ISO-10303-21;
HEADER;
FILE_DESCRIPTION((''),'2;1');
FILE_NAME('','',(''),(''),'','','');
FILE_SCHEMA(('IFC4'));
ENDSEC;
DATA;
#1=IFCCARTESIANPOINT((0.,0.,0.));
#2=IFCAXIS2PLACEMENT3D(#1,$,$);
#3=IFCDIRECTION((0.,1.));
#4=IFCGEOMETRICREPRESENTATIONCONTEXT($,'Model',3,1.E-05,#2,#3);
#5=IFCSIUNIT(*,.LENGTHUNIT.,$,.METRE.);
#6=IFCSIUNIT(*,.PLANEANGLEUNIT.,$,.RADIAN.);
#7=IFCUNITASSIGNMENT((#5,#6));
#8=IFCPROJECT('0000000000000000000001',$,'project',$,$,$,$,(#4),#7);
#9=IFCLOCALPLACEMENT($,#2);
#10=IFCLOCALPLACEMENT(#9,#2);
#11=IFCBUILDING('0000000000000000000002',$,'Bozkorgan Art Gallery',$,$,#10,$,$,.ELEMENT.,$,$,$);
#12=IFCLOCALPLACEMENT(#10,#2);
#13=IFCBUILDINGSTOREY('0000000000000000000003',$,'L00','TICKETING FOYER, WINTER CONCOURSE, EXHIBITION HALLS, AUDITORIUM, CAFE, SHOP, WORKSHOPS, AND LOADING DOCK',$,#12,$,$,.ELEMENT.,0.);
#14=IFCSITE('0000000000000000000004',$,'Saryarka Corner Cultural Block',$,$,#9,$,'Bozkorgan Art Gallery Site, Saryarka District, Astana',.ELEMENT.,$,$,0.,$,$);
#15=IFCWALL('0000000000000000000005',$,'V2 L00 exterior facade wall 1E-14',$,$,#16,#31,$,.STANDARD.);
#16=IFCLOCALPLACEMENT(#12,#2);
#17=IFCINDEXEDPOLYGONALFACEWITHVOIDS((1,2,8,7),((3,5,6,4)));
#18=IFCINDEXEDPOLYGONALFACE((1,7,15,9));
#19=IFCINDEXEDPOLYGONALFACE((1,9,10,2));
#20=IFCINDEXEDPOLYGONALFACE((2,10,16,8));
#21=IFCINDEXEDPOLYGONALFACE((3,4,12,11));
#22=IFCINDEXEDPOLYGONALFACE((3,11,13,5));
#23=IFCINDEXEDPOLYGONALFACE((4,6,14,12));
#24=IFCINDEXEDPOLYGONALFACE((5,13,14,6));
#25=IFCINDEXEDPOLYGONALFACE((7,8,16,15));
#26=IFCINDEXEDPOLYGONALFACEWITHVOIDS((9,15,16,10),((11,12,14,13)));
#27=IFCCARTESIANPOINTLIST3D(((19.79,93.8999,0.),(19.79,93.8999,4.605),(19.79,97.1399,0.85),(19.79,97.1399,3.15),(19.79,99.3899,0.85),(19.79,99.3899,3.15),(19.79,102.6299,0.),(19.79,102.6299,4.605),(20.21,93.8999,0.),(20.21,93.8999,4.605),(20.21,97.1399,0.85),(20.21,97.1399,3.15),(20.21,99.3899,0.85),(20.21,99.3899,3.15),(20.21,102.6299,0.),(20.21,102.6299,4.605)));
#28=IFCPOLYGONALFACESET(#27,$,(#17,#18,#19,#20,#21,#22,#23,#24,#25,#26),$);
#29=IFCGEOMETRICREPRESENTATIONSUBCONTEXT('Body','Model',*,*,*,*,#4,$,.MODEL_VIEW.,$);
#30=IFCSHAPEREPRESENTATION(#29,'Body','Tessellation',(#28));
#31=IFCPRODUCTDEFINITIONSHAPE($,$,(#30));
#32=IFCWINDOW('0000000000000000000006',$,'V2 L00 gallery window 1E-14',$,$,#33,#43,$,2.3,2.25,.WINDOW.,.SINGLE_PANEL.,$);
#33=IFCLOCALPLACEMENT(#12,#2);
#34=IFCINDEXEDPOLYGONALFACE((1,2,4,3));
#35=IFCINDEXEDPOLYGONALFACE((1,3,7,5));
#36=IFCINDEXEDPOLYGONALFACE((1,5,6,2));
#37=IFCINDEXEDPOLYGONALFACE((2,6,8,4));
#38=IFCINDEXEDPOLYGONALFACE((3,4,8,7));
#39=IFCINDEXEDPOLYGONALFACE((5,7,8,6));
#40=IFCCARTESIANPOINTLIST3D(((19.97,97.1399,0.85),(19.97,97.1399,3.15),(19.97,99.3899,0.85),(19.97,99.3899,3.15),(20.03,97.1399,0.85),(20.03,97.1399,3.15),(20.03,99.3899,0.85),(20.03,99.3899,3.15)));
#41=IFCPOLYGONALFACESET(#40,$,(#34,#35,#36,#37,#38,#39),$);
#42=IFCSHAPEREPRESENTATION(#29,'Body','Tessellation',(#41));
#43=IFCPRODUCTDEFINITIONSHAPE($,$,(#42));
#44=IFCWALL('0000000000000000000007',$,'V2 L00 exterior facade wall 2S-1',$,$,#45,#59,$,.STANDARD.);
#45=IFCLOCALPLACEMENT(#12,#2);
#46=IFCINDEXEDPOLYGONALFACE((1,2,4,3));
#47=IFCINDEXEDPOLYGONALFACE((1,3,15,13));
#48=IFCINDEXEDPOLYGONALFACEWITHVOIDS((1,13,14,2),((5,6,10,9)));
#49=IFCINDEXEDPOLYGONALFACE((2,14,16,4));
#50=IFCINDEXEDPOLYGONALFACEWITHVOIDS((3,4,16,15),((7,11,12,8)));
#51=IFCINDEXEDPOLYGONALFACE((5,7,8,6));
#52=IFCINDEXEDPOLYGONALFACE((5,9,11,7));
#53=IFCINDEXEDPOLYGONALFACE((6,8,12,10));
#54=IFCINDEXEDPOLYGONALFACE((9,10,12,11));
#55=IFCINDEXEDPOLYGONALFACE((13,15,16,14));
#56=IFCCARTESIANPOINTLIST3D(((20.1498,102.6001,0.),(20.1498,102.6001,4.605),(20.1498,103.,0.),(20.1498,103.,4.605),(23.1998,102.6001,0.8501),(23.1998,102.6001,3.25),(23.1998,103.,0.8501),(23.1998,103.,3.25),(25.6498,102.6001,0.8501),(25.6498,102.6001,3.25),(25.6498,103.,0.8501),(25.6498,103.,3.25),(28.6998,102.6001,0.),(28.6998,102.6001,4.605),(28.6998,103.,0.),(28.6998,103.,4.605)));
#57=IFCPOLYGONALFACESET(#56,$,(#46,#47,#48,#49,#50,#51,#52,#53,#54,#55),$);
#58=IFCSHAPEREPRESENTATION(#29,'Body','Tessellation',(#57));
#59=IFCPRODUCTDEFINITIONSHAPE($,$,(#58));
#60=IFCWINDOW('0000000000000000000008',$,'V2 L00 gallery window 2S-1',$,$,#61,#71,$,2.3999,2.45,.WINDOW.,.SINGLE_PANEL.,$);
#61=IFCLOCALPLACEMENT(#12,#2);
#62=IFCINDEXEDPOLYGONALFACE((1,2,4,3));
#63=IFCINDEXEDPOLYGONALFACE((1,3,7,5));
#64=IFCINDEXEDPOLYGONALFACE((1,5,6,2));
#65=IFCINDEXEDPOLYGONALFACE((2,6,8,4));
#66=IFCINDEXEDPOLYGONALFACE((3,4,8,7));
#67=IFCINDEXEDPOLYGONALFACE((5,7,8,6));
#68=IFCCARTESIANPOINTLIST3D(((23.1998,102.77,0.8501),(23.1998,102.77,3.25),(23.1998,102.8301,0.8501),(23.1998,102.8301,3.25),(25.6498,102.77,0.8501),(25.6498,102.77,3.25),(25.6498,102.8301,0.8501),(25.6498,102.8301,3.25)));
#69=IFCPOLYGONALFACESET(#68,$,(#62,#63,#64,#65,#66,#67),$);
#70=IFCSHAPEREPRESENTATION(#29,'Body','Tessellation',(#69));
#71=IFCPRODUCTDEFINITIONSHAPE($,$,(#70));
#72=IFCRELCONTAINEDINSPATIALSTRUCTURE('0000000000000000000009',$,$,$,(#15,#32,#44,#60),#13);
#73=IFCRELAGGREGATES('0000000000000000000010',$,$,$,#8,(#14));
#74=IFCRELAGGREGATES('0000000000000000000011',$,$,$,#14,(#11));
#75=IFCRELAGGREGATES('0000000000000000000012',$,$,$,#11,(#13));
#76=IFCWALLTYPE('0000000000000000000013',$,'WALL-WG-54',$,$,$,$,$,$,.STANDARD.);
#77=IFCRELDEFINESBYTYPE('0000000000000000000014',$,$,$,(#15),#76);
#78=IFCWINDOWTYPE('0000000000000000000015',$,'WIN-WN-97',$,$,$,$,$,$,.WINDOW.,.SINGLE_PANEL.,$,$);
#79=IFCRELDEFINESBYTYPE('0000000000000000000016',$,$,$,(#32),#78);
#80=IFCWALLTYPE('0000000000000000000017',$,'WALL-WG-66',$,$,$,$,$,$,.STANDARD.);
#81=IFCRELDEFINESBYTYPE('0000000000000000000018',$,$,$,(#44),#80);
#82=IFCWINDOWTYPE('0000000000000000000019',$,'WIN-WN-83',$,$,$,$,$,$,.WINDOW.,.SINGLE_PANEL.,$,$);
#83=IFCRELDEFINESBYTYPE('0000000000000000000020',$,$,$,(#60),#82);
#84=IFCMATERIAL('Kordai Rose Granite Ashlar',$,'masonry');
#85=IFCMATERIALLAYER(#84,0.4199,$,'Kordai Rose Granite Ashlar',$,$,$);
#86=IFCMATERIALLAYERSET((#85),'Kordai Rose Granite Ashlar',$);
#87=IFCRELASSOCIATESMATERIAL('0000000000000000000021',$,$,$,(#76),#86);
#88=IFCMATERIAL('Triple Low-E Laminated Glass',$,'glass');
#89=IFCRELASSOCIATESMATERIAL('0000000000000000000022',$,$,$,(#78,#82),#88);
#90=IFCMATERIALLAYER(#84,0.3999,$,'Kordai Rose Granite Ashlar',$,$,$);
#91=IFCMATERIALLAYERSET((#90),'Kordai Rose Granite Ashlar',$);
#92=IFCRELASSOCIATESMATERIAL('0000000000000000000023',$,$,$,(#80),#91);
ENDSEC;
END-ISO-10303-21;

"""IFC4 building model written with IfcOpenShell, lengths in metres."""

from ifc_helpers import new_model, si_unit, direction, frame, frame_2d, origin, place, context, subcontext, project, spatial, rectangle, extrude, material, layer, layer_set, type_object, element, fill, save


model = new_model("IFC4")

# Units and contexts
model_context = context("Model", 3, precision=1e-05, world=origin(), true_north=direction((0.0, 1.0)))
body_context = subcontext(model_context, "Body", "Model", "MODEL_VIEW")
ifc_project = project(units=[si_unit("LENGTHUNIT", "METRE"), si_unit("PLANEANGLEUNIT", "RADIAN")], contexts=[model_context])

# Site, building, storey
site_placement = place(None, origin())
site = spatial("IfcSite", under=ifc_project, at=site_placement, Name="Saryarka Corner Cultural Block", LongName="Bozkorgan Art Gallery Site, Saryarka District, Astana", CompositionType="ELEMENT", RefElevation=0.0)
building_placement = place(site_placement, origin())
building = spatial("IfcBuilding", under=site, at=building_placement, Name="Bozkorgan Art Gallery", CompositionType="ELEMENT")
storey_placement = place(building_placement, origin())
storey = spatial("IfcBuildingStorey", under=building, at=storey_placement, Name="L00", Description="TICKETING FOYER, WINTER CONCOURSE, EXHIBITION HALLS, AUDITORIUM, CAFE, SHOP, WORKSHOPS, AND LOADING DOCK", CompositionType="ELEMENT", Elevation=0.0)

# Walls, openings, windows
ifc_material_1 = material(Name="Kordai Rose Granite Ashlar", Category="masonry")
ifc_layer_1 = layer(ifc_material_1, 0.4199, Name="Kordai Rose Granite Ashlar")
ifc_layer_set_1 = layer_set([ifc_layer_1], Name="Kordai Rose Granite Ashlar")
wall_type_1 = type_object("IfcWallType", Name="WALL-WG-54", PredefinedType="STANDARD", material=ifc_layer_set_1)
wall_1_placement = place(storey_placement, frame((20.0, 93.8999, 0.0), z_axis=(0.0, 0.0, 1.0), x_axis=(0.0, 1.0, 0.0)))
wall_1 = element("IfcWall", 1, at=wall_1_placement, inside=storey, type_object=wall_type_1, Name="V2 L00 exterior facade wall 1E-14", PredefinedType="STANDARD", context=body_context, shape_type="SweptSolid", body=[
    extrude(rectangle(XDim=8.73, YDim=0.4199, at=frame_2d((4.365, 0.0))), origin(), (0.0, 0.0, 1.0), 4.605),
])
opening_1_placement = place(wall_1_placement, frame((5.49, 0.0, 0.8501), z_axis=(0.0, 0.0, 1.0), x_axis=(-1.0, 0.0, 0.0)))
opening_1 = element("IfcOpeningElement", 2, at=opening_1_placement, cuts=wall_1, PredefinedType="OPENING", context=body_context, shape_type="SweptSolid", body=[
    extrude(rectangle(XDim=2.25, YDim=2.3, at=frame_2d((1.125, 1.1499))), frame((0.0, 0.22, 0.0), z_axis=(0.0, -1.0, 0.0), x_axis=(1.0, 0.0, 0.0)), (0.0, 0.0, 1.0), 0.4399),
])
ifc_material_2 = material(Name="Triple Low-E Laminated Glass", Category="glass")
window_type_1 = type_object("IfcWindowType", Name="WIN-WN-97", PartitioningType="SINGLE_PANEL", PredefinedType="WINDOW", material=ifc_material_2)
window_1_placement = place(opening_1_placement, origin())
window_1 = element("IfcWindow", 3, at=window_1_placement, inside=storey, type_object=window_type_1, Name="V2 L00 gallery window 1E-14", OverallHeight=2.3, OverallWidth=2.25, PartitioningType="SINGLE_PANEL", PredefinedType="WINDOW", context=body_context, shape_type="SweptSolid", body=[
    extrude(rectangle(XDim=2.25, YDim=2.3, at=frame_2d((1.125, 1.1499))), frame((0.0, 0.03, 0.0), z_axis=(0.0, -1.0, 0.0), x_axis=(1.0, 0.0, 0.0)), (0.0, 0.0, 1.0), 0.0601),
])
fill(opening_1, window_1)
ifc_layer_2 = layer(ifc_material_1, 0.3999, Name="Kordai Rose Granite Ashlar")
ifc_layer_set_2 = layer_set([ifc_layer_2], Name="Kordai Rose Granite Ashlar")
wall_type_2 = type_object("IfcWallType", Name="WALL-WG-66", PredefinedType="STANDARD", material=ifc_layer_set_2)
wall_2_placement = place(storey_placement, frame((20.1499, 102.8, 0.0), z_axis=(0.0, 0.0, 1.0), x_axis=(1.0, 0.0, 0.0)))
wall_2 = element("IfcWall", 4, at=wall_2_placement, inside=storey, type_object=wall_type_2, Name="V2 L00 exterior facade wall 2S-1", PredefinedType="STANDARD", context=body_context, shape_type="SweptSolid", body=[
    extrude(rectangle(XDim=8.55, YDim=0.3999, at=frame_2d((4.2749, 0.0))), origin(), (0.0, 0.0, 1.0), 4.605),
])
opening_2_placement = place(wall_2_placement, frame((5.5, 0.0, 0.8501), z_axis=(0.0, 0.0, 1.0), x_axis=(-1.0, 0.0, 0.0)))
opening_2 = element("IfcOpeningElement", 5, at=opening_2_placement, cuts=wall_2, PredefinedType="OPENING", context=body_context, shape_type="SweptSolid", body=[
    extrude(rectangle(XDim=2.45, YDim=2.3999, at=frame_2d((1.2251, 1.2))), frame((0.0, 0.21, 0.0), z_axis=(0.0, -1.0, 0.0), x_axis=(1.0, 0.0, 0.0)), (0.0, 0.0, 1.0), 0.4199),
])
window_type_2 = type_object("IfcWindowType", Name="WIN-WN-83", PartitioningType="SINGLE_PANEL", PredefinedType="WINDOW", material=ifc_material_2)
window_2_placement = place(opening_2_placement, origin())
window_2 = element("IfcWindow", 6, at=window_2_placement, inside=storey, type_object=window_type_2, Name="V2 L00 gallery window 2S-1", OverallHeight=2.3999, OverallWidth=2.45, PartitioningType="SINGLE_PANEL", PredefinedType="WINDOW", context=body_context, shape_type="SweptSolid", body=[
    extrude(rectangle(XDim=2.45, YDim=2.3999, at=frame_2d((1.2251, 1.2))), frame((0.0, 0.03, 0.0), z_axis=(0.0, -1.0, 0.0), x_axis=(1.0, 0.0, 0.0)), (0.0, 0.0, 1.0), 0.0601),
])
fill(opening_2, window_2)

save(model, "model.ifc")
